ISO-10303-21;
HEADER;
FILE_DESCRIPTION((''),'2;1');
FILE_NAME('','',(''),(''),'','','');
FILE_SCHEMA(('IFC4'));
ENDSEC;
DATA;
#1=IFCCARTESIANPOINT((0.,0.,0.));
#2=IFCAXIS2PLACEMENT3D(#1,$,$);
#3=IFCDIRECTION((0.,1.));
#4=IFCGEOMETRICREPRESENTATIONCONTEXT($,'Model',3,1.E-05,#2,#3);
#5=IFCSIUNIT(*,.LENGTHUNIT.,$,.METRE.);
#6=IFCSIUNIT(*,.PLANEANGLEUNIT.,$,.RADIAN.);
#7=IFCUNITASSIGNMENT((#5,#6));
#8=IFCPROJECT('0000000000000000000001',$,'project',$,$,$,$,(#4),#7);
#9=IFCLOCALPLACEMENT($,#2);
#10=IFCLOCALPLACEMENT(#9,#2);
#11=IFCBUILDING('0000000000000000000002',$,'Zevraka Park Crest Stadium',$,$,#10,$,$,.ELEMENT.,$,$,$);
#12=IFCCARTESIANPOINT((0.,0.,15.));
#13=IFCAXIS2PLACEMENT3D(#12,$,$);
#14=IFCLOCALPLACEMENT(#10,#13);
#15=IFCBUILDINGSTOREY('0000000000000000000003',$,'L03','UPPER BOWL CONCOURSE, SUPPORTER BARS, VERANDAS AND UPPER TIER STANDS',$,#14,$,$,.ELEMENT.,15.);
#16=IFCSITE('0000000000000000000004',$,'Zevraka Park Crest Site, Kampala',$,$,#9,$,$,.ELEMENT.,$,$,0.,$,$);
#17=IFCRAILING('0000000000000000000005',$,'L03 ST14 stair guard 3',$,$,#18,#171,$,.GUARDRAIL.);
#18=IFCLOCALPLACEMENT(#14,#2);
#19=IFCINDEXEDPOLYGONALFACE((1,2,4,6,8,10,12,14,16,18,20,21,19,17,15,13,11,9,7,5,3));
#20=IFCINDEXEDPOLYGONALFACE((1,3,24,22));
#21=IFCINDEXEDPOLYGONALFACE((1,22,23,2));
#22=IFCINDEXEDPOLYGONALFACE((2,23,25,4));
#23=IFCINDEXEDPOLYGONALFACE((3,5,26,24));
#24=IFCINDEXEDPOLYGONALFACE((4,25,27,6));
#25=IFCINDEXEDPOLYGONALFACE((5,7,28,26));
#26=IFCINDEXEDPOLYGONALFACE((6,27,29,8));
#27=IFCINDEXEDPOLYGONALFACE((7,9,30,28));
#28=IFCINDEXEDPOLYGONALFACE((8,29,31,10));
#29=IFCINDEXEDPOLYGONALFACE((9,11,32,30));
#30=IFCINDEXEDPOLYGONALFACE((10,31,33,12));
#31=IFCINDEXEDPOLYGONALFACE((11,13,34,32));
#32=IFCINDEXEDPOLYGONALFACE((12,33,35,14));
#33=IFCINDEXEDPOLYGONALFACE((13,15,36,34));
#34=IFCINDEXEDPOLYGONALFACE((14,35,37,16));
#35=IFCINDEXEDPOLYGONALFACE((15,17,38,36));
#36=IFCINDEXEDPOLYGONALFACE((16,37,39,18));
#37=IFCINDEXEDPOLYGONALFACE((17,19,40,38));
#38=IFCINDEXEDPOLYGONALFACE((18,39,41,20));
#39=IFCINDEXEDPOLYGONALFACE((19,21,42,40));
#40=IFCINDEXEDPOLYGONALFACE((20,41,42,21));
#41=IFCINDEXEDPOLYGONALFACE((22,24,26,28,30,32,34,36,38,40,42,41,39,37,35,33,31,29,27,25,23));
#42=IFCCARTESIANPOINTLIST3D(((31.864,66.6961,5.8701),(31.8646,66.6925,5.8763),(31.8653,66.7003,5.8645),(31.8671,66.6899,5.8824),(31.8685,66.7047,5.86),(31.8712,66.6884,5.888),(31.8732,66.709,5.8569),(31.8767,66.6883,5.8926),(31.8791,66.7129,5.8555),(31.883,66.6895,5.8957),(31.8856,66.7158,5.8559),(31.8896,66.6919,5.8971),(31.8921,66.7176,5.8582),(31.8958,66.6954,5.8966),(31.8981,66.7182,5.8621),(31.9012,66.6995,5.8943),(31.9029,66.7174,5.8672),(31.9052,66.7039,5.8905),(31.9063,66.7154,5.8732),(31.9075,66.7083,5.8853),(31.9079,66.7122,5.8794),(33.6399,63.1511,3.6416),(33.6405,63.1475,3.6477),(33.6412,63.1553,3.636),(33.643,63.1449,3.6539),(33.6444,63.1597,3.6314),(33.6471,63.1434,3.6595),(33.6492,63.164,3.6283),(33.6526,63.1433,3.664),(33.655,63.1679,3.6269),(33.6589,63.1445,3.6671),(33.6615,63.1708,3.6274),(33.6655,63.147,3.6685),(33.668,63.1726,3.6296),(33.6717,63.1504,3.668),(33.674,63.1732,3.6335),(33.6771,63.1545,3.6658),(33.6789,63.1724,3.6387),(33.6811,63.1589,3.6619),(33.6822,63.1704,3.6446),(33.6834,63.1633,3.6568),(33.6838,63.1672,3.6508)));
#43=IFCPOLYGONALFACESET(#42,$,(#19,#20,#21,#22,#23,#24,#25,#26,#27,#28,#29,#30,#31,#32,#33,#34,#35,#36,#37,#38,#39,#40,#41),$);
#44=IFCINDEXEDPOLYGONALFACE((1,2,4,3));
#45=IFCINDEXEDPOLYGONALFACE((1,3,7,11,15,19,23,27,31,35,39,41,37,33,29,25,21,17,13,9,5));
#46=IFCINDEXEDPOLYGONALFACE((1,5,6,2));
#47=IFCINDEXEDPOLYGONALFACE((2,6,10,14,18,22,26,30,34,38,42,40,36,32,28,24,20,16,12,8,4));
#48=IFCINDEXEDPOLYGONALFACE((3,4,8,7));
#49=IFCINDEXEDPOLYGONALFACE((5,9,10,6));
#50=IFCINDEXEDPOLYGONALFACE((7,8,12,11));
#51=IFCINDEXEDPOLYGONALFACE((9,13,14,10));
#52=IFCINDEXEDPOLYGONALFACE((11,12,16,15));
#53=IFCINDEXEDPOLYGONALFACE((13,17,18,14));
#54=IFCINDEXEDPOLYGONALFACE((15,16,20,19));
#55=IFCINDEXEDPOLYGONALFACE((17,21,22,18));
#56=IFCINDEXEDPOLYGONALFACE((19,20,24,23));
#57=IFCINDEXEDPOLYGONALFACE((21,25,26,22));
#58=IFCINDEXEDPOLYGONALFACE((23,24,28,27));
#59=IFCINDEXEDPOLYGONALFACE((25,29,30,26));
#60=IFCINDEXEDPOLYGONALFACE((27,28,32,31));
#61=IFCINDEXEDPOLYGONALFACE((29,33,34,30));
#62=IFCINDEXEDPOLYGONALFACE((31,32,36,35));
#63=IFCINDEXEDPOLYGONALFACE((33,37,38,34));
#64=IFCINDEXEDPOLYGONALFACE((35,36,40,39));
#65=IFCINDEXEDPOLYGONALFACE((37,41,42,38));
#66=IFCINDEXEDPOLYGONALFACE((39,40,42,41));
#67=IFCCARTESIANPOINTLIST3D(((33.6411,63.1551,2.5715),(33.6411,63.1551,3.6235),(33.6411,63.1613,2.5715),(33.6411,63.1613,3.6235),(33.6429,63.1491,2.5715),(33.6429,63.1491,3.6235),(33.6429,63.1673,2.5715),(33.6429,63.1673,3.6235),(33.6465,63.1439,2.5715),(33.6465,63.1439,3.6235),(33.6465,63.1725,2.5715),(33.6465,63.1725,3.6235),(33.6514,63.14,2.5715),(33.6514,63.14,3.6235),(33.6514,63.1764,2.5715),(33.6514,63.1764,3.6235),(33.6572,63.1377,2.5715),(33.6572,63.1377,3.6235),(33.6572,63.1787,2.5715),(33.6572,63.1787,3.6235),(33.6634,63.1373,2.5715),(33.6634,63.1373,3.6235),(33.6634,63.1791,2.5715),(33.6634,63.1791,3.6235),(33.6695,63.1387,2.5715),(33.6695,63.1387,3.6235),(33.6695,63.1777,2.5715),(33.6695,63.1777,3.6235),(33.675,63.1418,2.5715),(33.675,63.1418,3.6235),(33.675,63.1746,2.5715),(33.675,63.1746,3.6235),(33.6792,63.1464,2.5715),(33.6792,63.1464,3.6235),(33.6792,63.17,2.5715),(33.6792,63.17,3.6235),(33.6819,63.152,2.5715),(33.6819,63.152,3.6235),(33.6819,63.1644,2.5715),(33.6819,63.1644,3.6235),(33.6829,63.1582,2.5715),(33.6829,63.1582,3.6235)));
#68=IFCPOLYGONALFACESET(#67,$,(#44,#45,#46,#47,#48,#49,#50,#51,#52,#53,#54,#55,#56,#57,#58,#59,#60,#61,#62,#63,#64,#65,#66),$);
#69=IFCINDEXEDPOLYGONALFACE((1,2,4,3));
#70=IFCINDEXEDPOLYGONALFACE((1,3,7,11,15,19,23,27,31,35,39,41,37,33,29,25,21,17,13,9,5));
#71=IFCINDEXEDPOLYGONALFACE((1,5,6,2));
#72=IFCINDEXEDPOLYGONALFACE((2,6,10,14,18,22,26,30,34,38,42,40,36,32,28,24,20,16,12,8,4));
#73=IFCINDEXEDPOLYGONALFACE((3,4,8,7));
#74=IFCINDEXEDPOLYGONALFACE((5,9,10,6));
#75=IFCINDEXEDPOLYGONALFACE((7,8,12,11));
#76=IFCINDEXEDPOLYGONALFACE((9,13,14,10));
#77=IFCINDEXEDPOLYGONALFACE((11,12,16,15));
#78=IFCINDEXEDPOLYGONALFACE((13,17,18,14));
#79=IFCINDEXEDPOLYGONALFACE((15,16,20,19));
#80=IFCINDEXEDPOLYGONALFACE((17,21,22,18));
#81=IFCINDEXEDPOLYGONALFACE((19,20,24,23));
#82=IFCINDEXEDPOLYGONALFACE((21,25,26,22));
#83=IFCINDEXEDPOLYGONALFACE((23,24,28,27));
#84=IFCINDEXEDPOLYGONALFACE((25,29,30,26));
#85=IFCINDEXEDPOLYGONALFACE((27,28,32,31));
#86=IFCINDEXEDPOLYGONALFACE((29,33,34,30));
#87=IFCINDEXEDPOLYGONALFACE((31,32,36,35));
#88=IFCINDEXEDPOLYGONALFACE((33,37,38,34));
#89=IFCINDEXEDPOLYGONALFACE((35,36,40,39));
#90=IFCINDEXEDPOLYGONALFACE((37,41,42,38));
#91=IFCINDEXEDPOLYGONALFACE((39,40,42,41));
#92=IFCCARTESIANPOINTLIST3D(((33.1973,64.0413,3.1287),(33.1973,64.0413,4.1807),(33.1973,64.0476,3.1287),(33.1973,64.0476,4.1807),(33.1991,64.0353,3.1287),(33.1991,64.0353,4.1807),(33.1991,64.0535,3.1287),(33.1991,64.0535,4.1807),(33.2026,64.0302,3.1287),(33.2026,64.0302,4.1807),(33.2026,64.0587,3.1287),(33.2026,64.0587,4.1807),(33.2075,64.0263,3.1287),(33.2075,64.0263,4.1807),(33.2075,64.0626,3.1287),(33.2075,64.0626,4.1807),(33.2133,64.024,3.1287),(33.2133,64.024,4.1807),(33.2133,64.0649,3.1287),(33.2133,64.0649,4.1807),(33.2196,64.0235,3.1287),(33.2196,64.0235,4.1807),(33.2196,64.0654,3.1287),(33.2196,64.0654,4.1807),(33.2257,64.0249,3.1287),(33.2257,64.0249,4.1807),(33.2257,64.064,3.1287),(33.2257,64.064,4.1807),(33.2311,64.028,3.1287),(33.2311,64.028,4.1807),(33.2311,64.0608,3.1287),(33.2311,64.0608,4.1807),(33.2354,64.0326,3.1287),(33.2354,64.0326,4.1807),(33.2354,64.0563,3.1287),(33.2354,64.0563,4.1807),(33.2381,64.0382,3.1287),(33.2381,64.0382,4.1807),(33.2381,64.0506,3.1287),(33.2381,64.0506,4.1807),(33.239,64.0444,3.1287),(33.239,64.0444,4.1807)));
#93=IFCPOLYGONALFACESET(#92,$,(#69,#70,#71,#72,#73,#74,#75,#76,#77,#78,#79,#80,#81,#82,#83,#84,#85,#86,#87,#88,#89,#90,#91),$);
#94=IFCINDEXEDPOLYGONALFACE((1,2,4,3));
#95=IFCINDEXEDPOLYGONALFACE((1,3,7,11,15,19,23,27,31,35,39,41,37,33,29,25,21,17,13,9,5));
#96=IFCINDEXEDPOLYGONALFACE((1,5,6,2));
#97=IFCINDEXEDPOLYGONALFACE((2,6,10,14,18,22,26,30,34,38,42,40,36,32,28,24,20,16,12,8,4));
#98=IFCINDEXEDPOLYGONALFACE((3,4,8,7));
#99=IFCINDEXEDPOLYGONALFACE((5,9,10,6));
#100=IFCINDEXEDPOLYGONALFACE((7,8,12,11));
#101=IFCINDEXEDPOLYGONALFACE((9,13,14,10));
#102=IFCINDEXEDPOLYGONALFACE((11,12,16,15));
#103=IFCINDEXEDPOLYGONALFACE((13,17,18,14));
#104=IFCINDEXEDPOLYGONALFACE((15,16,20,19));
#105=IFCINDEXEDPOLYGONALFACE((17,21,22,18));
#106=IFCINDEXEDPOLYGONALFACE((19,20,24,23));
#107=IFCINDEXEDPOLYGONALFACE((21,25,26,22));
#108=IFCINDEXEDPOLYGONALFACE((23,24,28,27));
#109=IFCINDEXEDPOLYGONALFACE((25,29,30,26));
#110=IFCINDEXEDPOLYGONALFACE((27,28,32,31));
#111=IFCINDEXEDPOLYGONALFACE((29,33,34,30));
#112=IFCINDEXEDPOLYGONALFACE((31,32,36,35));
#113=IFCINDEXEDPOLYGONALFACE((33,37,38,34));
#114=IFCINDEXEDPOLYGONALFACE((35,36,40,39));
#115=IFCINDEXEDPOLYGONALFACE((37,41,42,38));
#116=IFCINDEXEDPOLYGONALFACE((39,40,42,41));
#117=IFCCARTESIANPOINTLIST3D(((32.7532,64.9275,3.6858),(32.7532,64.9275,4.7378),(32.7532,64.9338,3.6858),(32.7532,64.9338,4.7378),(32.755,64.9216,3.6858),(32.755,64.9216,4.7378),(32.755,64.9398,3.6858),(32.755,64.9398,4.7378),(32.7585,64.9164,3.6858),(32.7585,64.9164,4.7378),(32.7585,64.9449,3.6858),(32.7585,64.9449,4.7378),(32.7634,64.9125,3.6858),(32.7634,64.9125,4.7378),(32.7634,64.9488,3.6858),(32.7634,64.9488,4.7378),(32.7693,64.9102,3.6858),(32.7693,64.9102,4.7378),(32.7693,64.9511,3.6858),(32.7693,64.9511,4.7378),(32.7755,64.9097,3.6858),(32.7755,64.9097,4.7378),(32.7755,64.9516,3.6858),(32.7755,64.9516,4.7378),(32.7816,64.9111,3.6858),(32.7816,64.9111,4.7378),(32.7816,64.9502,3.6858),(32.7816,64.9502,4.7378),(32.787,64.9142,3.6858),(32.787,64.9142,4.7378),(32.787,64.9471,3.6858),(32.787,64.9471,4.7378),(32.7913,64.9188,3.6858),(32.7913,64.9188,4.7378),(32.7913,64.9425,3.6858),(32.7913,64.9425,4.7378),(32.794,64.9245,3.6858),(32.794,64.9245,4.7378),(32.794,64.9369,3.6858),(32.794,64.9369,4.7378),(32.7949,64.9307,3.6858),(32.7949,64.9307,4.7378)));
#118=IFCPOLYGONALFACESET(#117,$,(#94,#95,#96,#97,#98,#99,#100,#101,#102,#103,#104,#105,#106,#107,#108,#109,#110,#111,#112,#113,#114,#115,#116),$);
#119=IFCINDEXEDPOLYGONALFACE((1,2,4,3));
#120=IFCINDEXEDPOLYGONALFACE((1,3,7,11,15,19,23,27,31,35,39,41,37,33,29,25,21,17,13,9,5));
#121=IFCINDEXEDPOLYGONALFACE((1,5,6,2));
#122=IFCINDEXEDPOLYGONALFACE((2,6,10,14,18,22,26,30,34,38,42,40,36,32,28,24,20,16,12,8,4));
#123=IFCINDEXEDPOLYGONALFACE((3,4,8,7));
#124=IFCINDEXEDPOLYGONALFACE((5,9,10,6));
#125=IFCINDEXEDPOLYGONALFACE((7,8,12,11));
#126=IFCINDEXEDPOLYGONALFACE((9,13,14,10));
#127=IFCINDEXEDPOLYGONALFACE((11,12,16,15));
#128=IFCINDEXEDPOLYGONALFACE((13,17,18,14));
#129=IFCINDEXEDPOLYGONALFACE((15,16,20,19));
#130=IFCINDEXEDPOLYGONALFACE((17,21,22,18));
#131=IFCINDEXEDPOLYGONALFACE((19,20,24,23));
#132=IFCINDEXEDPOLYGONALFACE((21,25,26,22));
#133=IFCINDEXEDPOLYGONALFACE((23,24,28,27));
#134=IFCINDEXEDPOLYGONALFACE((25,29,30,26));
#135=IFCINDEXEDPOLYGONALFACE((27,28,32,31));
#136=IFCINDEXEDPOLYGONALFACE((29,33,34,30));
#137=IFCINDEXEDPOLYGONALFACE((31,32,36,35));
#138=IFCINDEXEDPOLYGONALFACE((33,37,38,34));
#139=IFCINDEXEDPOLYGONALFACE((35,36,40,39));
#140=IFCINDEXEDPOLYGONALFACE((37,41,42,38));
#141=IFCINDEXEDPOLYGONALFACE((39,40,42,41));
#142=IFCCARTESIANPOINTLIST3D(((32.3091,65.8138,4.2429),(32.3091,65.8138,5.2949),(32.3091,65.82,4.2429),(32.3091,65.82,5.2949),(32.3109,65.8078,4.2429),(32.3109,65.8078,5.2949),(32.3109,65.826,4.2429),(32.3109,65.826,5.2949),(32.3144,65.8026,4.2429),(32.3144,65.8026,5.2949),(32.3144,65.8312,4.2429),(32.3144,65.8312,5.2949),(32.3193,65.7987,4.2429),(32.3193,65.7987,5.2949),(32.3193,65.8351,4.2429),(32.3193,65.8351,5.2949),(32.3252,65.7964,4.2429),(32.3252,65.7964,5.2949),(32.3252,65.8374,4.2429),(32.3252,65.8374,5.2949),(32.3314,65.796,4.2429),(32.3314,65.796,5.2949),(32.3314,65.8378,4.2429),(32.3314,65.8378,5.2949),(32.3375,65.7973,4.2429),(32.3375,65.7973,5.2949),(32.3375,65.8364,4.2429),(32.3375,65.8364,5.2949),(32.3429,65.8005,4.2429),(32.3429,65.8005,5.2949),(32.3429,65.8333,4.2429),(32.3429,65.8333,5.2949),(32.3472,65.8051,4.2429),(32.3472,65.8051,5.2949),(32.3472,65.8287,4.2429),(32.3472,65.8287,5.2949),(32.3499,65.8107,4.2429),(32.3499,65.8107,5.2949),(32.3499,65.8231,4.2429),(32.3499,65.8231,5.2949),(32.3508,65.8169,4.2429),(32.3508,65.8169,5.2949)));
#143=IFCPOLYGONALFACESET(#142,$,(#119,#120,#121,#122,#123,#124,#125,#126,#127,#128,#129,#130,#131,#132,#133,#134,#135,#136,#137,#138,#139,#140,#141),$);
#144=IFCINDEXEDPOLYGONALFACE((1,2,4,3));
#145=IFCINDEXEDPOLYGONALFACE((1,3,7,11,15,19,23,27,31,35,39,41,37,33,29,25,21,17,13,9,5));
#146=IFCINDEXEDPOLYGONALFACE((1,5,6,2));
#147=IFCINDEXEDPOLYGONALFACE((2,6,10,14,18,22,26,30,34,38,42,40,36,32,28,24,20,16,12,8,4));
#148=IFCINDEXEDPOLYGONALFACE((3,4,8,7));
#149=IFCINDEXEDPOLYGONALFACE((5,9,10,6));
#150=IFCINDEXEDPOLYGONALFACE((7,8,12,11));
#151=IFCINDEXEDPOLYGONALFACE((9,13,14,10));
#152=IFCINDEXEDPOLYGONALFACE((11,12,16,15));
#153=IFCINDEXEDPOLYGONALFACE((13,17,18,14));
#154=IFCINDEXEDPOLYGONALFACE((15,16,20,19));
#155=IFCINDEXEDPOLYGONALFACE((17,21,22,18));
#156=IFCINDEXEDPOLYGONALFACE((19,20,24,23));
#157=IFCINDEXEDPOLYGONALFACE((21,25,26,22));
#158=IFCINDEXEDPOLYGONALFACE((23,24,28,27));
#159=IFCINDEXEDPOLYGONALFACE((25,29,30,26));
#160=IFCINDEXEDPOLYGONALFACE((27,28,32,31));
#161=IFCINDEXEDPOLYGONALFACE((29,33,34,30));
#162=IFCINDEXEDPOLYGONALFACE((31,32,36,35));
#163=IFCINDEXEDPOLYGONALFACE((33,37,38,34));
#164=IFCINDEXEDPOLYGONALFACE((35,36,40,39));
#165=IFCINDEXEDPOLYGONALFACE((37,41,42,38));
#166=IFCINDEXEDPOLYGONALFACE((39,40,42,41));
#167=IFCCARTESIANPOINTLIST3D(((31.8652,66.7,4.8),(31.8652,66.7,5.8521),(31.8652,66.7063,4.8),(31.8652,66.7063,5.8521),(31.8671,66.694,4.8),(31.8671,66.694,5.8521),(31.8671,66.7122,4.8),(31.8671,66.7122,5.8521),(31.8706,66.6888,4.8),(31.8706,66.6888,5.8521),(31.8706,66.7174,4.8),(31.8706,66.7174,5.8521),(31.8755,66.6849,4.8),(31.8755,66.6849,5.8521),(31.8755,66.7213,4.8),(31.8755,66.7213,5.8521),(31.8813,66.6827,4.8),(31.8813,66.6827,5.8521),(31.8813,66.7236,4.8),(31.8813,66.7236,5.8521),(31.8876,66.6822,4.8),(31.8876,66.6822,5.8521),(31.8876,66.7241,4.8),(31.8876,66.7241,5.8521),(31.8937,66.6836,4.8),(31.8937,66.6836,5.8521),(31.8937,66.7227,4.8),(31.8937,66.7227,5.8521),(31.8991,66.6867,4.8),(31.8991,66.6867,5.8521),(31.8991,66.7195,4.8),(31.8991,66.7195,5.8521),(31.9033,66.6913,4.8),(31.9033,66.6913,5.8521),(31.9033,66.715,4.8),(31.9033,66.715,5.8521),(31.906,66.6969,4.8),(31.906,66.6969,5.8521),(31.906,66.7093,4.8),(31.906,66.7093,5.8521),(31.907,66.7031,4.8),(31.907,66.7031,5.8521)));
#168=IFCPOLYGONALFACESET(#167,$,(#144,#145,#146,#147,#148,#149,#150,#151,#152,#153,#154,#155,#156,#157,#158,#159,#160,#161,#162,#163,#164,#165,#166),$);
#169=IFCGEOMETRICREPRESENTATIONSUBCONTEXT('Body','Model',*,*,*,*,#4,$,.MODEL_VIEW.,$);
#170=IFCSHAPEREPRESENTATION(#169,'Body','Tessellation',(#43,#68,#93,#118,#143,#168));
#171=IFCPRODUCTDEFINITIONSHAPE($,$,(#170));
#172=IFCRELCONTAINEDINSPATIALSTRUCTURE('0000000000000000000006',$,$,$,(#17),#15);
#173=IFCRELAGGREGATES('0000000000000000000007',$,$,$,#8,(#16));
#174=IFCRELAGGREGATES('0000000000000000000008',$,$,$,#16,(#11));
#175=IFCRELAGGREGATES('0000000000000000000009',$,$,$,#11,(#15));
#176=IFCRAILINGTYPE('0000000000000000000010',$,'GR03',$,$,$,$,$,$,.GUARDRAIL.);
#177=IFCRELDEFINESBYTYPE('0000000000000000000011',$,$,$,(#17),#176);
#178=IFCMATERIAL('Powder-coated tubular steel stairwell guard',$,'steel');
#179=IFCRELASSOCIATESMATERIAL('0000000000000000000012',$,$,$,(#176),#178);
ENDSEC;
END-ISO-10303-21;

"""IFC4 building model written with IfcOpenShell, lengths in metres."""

from ifc_helpers import new_model, si_unit, direction, frame, origin, origin_2d, place, context, subcontext, project, spatial, circle, extrude, material, type_object, element, save


model = new_model("IFC4")

# Units and contexts
model_context = context("Model", 3, precision=1e-05, world=origin(), true_north=direction((0.0, 1.0)))
body_context = subcontext(model_context, "Body", "Model", "MODEL_VIEW")
ifc_project = project(units=[si_unit("LENGTHUNIT", "METRE"), si_unit("PLANEANGLEUNIT", "RADIAN")], contexts=[model_context])

# Site, building, storey
site_placement = place(None, origin())
site = spatial("IfcSite", under=ifc_project, at=site_placement, Name="Zevraka Park Crest Site, Kampala", CompositionType="ELEMENT", RefElevation=0.0)
building_placement = place(site_placement, origin())
building = spatial("IfcBuilding", under=site, at=building_placement, Name="Zevraka Park Crest Stadium", CompositionType="ELEMENT")
storey_placement = place(building_placement, frame((0.0, 0.0, 15.0)))
storey = spatial("IfcBuildingStorey", under=building, at=storey_placement, Name="L03", Description="UPPER BOWL CONCOURSE, SUPPORTER BARS, VERANDAS AND UPPER TIER STANDS", CompositionType="ELEMENT", Elevation=15.0)

# Railing
ifc_material_1 = material(Name="Powder-coated tubular steel stairwell guard", Category="steel")
railing_type_1 = type_object("IfcRailingType", Name="GR03", PredefinedType="GUARDRAIL", material=ifc_material_1)
railing_1_placement = place(storey_placement, frame((33.6619, 63.1582, 2.5715)))
element("IfcRailing", 1, at=railing_1_placement, inside=storey, type_object=railing_type_1, Name="L03 ST14 stair guard 3", PredefinedType="GUARDRAIL", context=body_context, shape_type="SweptSolid", body=[
    extrude(circle(Radius=0.0239, at=origin_2d()), frame((0.0, 0.0, 1.0762), z_axis=(-0.390454, 0.779405, 0.489973), x_axis=(-0.894082, -0.447903, 0.0)), (0.0, 0.0, 1.0), 4.5483),
    extrude(circle(Radius=0.021, at=origin_2d()), origin(), (0.0, 0.0, 1.0), 1.052),
    extrude(circle(Radius=0.021, at=origin_2d()), frame((-0.4438, 0.8862, 0.5571)), (0.0, 0.0, 1.0), 1.052),
    extrude(circle(Radius=0.021, at=origin_2d()), frame((-0.8879, 1.7725, 1.1143)), (0.0, 0.0, 1.0), 1.052),
    extrude(circle(Radius=0.021, at=origin_2d()), frame((-1.332, 2.6587, 1.6714)), (0.0, 0.0, 1.0), 1.052),
    extrude(circle(Radius=0.021, at=origin_2d()), frame((-1.7759, 3.5449, 2.2285)), (0.0, 0.0, 1.0), 1.052),
])

save(model, "model.ifc")
